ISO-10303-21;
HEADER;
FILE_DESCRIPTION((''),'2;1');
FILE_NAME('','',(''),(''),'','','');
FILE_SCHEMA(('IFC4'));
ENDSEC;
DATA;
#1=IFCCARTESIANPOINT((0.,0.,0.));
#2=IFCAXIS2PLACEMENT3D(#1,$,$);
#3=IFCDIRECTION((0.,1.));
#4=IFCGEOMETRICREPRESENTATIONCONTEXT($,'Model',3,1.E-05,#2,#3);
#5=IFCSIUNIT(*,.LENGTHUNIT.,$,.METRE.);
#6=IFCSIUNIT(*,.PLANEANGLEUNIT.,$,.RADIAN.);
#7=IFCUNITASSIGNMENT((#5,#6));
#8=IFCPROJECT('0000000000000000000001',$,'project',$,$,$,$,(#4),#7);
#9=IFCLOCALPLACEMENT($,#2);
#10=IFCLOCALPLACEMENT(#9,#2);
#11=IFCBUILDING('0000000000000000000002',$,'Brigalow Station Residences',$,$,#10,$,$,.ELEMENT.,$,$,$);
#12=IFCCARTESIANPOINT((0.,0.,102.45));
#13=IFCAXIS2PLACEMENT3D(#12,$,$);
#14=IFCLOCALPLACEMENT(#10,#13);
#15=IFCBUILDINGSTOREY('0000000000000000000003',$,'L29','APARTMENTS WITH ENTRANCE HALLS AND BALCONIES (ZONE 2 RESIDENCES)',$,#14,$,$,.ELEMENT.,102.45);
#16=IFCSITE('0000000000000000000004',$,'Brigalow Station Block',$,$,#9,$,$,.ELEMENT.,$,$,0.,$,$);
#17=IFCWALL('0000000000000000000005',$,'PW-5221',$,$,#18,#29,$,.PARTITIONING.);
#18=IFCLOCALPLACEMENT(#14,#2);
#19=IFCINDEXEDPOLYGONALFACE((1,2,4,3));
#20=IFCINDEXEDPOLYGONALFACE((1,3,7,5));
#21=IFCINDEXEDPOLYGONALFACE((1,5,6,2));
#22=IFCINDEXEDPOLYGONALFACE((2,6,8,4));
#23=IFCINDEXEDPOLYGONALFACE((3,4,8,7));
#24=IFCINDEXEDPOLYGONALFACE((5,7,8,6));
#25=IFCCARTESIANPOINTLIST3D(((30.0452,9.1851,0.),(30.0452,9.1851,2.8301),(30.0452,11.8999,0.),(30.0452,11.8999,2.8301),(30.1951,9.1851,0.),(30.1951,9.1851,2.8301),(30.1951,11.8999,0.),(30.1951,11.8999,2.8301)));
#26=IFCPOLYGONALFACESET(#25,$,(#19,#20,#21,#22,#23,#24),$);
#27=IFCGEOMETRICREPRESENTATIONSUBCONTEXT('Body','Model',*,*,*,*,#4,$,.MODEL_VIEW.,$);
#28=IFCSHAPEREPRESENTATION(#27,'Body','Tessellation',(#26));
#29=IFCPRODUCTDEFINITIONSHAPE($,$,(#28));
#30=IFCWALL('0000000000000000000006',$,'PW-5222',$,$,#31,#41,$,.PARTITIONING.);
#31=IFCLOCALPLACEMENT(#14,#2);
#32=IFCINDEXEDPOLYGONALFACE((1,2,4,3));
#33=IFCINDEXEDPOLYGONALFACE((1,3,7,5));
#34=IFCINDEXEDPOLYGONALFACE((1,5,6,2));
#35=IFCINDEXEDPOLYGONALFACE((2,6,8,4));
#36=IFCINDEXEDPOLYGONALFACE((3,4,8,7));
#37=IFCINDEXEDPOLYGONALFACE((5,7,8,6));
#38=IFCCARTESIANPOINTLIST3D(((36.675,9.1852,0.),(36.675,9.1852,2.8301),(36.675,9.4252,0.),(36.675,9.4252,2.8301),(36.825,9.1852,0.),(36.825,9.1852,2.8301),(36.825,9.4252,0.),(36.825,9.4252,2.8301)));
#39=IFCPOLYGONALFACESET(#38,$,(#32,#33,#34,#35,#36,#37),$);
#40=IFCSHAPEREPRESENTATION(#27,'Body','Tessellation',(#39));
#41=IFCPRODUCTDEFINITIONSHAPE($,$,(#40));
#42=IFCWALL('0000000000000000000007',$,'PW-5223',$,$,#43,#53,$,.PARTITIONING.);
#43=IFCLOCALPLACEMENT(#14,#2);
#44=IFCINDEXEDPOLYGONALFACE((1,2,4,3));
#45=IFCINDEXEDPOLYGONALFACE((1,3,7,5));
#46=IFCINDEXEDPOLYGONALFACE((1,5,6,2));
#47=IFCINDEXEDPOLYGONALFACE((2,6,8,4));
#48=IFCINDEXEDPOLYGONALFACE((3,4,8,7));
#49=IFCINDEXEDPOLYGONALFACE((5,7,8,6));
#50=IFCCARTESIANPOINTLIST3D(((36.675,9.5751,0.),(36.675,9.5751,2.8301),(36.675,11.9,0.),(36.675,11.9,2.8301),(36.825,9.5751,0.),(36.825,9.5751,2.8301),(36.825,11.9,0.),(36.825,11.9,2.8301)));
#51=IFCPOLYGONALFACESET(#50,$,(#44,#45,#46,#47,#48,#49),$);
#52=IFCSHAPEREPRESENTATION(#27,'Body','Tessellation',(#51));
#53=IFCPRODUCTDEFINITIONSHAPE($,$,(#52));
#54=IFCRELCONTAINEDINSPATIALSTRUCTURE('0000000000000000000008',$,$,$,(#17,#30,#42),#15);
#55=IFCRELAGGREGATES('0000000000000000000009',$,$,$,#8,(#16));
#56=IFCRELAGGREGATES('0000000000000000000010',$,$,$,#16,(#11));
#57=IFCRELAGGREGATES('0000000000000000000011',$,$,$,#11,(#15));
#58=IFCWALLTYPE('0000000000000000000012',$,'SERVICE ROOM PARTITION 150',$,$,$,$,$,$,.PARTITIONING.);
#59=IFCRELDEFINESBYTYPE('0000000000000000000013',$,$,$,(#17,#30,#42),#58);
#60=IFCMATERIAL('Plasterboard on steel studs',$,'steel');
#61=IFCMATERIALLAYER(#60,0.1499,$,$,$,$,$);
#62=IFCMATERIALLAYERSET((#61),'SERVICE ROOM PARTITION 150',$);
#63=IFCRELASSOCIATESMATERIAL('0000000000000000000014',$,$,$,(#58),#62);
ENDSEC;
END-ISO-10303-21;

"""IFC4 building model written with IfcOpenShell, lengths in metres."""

from ifc_helpers import new_model, si_unit, direction, frame, frame_2d, origin, place, context, subcontext, project, spatial, rectangle, extrude, material, layer, layer_set, type_object, element, save


model = new_model("IFC4")

# Units and contexts
model_context = context("Model", 3, precision=1e-05, world=origin(), true_north=direction((0.0, 1.0)))
body_context = subcontext(model_context, "Body", "Model", "MODEL_VIEW")
ifc_project = project(units=[si_unit("LENGTHUNIT", "METRE"), si_unit("PLANEANGLEUNIT", "RADIAN")], contexts=[model_context])

# Site, building, storey
site_placement = place(None, origin())
site = spatial("IfcSite", under=ifc_project, at=site_placement, Name="Brigalow Station Block", CompositionType="ELEMENT", RefElevation=0.0)
building_placement = place(site_placement, origin())
building = spatial("IfcBuilding", under=site, at=building_placement, Name="Brigalow Station Residences", CompositionType="ELEMENT")
storey_placement = place(building_placement, frame((0.0, 0.0, 102.45)))
storey = spatial("IfcBuildingStorey", under=building, at=storey_placement, Name="L29", Description="APARTMENTS WITH ENTRANCE HALLS AND BALCONIES (ZONE 2 RESIDENCES)", CompositionType="ELEMENT", Elevation=102.45)

# Walls
ifc_material_1 = material(Name="Plasterboard on steel studs", Category="steel")
ifc_layer_1 = layer(ifc_material_1, 0.1499)
ifc_layer_set_1 = layer_set([ifc_layer_1], Name="SERVICE ROOM PARTITION 150")
wall_type_1 = type_object("IfcWallType", Name="SERVICE ROOM PARTITION 150", PredefinedType="PARTITIONING", material=ifc_layer_set_1)
wall_1_placement = place(storey_placement, frame((30.1201, 9.1851, 0.0), z_axis=(0.0, 0.0, 1.0), x_axis=(0.0, 1.0, 0.0)))
element("IfcWall", 1, at=wall_1_placement, inside=storey, type_object=wall_type_1, Name="PW-5221", PredefinedType="PARTITIONING", context=body_context, shape_type="SweptSolid", body=[
    extrude(rectangle(XDim=2.7148, YDim=0.1499, at=frame_2d((1.3574, 0.0))), origin(), (0.0, 0.0, 1.0), 2.8301),
])
wall_2_placement = place(storey_placement, frame((36.75, 9.1851, 0.0), z_axis=(0.0, 0.0, 1.0), x_axis=(0.0, 1.0, 0.0)))
element("IfcWall", 2, at=wall_2_placement, inside=storey, type_object=wall_type_1, Name="PW-5222", PredefinedType="PARTITIONING", context=body_context, shape_type="SweptSolid", body=[
    extrude(rectangle(XDim=0.24, YDim=0.1499, at=frame_2d((0.1201, 0.0))), origin(), (0.0, 0.0, 1.0), 2.8301),
])
wall_3_placement = place(storey_placement, frame((36.75, 9.575, 0.0), z_axis=(0.0, 0.0, 1.0), x_axis=(0.0, 1.0, 0.0)))
element("IfcWall", 3, at=wall_3_placement, inside=storey, type_object=wall_type_1, Name="PW-5223", PredefinedType="PARTITIONING", context=body_context, shape_type="SweptSolid", body=[
    extrude(rectangle(XDim=2.325, YDim=0.1499, at=frame_2d((1.1626, 0.0))), origin(), (0.0, 0.0, 1.0), 2.8301),
])

save(model, "model.ifc")
